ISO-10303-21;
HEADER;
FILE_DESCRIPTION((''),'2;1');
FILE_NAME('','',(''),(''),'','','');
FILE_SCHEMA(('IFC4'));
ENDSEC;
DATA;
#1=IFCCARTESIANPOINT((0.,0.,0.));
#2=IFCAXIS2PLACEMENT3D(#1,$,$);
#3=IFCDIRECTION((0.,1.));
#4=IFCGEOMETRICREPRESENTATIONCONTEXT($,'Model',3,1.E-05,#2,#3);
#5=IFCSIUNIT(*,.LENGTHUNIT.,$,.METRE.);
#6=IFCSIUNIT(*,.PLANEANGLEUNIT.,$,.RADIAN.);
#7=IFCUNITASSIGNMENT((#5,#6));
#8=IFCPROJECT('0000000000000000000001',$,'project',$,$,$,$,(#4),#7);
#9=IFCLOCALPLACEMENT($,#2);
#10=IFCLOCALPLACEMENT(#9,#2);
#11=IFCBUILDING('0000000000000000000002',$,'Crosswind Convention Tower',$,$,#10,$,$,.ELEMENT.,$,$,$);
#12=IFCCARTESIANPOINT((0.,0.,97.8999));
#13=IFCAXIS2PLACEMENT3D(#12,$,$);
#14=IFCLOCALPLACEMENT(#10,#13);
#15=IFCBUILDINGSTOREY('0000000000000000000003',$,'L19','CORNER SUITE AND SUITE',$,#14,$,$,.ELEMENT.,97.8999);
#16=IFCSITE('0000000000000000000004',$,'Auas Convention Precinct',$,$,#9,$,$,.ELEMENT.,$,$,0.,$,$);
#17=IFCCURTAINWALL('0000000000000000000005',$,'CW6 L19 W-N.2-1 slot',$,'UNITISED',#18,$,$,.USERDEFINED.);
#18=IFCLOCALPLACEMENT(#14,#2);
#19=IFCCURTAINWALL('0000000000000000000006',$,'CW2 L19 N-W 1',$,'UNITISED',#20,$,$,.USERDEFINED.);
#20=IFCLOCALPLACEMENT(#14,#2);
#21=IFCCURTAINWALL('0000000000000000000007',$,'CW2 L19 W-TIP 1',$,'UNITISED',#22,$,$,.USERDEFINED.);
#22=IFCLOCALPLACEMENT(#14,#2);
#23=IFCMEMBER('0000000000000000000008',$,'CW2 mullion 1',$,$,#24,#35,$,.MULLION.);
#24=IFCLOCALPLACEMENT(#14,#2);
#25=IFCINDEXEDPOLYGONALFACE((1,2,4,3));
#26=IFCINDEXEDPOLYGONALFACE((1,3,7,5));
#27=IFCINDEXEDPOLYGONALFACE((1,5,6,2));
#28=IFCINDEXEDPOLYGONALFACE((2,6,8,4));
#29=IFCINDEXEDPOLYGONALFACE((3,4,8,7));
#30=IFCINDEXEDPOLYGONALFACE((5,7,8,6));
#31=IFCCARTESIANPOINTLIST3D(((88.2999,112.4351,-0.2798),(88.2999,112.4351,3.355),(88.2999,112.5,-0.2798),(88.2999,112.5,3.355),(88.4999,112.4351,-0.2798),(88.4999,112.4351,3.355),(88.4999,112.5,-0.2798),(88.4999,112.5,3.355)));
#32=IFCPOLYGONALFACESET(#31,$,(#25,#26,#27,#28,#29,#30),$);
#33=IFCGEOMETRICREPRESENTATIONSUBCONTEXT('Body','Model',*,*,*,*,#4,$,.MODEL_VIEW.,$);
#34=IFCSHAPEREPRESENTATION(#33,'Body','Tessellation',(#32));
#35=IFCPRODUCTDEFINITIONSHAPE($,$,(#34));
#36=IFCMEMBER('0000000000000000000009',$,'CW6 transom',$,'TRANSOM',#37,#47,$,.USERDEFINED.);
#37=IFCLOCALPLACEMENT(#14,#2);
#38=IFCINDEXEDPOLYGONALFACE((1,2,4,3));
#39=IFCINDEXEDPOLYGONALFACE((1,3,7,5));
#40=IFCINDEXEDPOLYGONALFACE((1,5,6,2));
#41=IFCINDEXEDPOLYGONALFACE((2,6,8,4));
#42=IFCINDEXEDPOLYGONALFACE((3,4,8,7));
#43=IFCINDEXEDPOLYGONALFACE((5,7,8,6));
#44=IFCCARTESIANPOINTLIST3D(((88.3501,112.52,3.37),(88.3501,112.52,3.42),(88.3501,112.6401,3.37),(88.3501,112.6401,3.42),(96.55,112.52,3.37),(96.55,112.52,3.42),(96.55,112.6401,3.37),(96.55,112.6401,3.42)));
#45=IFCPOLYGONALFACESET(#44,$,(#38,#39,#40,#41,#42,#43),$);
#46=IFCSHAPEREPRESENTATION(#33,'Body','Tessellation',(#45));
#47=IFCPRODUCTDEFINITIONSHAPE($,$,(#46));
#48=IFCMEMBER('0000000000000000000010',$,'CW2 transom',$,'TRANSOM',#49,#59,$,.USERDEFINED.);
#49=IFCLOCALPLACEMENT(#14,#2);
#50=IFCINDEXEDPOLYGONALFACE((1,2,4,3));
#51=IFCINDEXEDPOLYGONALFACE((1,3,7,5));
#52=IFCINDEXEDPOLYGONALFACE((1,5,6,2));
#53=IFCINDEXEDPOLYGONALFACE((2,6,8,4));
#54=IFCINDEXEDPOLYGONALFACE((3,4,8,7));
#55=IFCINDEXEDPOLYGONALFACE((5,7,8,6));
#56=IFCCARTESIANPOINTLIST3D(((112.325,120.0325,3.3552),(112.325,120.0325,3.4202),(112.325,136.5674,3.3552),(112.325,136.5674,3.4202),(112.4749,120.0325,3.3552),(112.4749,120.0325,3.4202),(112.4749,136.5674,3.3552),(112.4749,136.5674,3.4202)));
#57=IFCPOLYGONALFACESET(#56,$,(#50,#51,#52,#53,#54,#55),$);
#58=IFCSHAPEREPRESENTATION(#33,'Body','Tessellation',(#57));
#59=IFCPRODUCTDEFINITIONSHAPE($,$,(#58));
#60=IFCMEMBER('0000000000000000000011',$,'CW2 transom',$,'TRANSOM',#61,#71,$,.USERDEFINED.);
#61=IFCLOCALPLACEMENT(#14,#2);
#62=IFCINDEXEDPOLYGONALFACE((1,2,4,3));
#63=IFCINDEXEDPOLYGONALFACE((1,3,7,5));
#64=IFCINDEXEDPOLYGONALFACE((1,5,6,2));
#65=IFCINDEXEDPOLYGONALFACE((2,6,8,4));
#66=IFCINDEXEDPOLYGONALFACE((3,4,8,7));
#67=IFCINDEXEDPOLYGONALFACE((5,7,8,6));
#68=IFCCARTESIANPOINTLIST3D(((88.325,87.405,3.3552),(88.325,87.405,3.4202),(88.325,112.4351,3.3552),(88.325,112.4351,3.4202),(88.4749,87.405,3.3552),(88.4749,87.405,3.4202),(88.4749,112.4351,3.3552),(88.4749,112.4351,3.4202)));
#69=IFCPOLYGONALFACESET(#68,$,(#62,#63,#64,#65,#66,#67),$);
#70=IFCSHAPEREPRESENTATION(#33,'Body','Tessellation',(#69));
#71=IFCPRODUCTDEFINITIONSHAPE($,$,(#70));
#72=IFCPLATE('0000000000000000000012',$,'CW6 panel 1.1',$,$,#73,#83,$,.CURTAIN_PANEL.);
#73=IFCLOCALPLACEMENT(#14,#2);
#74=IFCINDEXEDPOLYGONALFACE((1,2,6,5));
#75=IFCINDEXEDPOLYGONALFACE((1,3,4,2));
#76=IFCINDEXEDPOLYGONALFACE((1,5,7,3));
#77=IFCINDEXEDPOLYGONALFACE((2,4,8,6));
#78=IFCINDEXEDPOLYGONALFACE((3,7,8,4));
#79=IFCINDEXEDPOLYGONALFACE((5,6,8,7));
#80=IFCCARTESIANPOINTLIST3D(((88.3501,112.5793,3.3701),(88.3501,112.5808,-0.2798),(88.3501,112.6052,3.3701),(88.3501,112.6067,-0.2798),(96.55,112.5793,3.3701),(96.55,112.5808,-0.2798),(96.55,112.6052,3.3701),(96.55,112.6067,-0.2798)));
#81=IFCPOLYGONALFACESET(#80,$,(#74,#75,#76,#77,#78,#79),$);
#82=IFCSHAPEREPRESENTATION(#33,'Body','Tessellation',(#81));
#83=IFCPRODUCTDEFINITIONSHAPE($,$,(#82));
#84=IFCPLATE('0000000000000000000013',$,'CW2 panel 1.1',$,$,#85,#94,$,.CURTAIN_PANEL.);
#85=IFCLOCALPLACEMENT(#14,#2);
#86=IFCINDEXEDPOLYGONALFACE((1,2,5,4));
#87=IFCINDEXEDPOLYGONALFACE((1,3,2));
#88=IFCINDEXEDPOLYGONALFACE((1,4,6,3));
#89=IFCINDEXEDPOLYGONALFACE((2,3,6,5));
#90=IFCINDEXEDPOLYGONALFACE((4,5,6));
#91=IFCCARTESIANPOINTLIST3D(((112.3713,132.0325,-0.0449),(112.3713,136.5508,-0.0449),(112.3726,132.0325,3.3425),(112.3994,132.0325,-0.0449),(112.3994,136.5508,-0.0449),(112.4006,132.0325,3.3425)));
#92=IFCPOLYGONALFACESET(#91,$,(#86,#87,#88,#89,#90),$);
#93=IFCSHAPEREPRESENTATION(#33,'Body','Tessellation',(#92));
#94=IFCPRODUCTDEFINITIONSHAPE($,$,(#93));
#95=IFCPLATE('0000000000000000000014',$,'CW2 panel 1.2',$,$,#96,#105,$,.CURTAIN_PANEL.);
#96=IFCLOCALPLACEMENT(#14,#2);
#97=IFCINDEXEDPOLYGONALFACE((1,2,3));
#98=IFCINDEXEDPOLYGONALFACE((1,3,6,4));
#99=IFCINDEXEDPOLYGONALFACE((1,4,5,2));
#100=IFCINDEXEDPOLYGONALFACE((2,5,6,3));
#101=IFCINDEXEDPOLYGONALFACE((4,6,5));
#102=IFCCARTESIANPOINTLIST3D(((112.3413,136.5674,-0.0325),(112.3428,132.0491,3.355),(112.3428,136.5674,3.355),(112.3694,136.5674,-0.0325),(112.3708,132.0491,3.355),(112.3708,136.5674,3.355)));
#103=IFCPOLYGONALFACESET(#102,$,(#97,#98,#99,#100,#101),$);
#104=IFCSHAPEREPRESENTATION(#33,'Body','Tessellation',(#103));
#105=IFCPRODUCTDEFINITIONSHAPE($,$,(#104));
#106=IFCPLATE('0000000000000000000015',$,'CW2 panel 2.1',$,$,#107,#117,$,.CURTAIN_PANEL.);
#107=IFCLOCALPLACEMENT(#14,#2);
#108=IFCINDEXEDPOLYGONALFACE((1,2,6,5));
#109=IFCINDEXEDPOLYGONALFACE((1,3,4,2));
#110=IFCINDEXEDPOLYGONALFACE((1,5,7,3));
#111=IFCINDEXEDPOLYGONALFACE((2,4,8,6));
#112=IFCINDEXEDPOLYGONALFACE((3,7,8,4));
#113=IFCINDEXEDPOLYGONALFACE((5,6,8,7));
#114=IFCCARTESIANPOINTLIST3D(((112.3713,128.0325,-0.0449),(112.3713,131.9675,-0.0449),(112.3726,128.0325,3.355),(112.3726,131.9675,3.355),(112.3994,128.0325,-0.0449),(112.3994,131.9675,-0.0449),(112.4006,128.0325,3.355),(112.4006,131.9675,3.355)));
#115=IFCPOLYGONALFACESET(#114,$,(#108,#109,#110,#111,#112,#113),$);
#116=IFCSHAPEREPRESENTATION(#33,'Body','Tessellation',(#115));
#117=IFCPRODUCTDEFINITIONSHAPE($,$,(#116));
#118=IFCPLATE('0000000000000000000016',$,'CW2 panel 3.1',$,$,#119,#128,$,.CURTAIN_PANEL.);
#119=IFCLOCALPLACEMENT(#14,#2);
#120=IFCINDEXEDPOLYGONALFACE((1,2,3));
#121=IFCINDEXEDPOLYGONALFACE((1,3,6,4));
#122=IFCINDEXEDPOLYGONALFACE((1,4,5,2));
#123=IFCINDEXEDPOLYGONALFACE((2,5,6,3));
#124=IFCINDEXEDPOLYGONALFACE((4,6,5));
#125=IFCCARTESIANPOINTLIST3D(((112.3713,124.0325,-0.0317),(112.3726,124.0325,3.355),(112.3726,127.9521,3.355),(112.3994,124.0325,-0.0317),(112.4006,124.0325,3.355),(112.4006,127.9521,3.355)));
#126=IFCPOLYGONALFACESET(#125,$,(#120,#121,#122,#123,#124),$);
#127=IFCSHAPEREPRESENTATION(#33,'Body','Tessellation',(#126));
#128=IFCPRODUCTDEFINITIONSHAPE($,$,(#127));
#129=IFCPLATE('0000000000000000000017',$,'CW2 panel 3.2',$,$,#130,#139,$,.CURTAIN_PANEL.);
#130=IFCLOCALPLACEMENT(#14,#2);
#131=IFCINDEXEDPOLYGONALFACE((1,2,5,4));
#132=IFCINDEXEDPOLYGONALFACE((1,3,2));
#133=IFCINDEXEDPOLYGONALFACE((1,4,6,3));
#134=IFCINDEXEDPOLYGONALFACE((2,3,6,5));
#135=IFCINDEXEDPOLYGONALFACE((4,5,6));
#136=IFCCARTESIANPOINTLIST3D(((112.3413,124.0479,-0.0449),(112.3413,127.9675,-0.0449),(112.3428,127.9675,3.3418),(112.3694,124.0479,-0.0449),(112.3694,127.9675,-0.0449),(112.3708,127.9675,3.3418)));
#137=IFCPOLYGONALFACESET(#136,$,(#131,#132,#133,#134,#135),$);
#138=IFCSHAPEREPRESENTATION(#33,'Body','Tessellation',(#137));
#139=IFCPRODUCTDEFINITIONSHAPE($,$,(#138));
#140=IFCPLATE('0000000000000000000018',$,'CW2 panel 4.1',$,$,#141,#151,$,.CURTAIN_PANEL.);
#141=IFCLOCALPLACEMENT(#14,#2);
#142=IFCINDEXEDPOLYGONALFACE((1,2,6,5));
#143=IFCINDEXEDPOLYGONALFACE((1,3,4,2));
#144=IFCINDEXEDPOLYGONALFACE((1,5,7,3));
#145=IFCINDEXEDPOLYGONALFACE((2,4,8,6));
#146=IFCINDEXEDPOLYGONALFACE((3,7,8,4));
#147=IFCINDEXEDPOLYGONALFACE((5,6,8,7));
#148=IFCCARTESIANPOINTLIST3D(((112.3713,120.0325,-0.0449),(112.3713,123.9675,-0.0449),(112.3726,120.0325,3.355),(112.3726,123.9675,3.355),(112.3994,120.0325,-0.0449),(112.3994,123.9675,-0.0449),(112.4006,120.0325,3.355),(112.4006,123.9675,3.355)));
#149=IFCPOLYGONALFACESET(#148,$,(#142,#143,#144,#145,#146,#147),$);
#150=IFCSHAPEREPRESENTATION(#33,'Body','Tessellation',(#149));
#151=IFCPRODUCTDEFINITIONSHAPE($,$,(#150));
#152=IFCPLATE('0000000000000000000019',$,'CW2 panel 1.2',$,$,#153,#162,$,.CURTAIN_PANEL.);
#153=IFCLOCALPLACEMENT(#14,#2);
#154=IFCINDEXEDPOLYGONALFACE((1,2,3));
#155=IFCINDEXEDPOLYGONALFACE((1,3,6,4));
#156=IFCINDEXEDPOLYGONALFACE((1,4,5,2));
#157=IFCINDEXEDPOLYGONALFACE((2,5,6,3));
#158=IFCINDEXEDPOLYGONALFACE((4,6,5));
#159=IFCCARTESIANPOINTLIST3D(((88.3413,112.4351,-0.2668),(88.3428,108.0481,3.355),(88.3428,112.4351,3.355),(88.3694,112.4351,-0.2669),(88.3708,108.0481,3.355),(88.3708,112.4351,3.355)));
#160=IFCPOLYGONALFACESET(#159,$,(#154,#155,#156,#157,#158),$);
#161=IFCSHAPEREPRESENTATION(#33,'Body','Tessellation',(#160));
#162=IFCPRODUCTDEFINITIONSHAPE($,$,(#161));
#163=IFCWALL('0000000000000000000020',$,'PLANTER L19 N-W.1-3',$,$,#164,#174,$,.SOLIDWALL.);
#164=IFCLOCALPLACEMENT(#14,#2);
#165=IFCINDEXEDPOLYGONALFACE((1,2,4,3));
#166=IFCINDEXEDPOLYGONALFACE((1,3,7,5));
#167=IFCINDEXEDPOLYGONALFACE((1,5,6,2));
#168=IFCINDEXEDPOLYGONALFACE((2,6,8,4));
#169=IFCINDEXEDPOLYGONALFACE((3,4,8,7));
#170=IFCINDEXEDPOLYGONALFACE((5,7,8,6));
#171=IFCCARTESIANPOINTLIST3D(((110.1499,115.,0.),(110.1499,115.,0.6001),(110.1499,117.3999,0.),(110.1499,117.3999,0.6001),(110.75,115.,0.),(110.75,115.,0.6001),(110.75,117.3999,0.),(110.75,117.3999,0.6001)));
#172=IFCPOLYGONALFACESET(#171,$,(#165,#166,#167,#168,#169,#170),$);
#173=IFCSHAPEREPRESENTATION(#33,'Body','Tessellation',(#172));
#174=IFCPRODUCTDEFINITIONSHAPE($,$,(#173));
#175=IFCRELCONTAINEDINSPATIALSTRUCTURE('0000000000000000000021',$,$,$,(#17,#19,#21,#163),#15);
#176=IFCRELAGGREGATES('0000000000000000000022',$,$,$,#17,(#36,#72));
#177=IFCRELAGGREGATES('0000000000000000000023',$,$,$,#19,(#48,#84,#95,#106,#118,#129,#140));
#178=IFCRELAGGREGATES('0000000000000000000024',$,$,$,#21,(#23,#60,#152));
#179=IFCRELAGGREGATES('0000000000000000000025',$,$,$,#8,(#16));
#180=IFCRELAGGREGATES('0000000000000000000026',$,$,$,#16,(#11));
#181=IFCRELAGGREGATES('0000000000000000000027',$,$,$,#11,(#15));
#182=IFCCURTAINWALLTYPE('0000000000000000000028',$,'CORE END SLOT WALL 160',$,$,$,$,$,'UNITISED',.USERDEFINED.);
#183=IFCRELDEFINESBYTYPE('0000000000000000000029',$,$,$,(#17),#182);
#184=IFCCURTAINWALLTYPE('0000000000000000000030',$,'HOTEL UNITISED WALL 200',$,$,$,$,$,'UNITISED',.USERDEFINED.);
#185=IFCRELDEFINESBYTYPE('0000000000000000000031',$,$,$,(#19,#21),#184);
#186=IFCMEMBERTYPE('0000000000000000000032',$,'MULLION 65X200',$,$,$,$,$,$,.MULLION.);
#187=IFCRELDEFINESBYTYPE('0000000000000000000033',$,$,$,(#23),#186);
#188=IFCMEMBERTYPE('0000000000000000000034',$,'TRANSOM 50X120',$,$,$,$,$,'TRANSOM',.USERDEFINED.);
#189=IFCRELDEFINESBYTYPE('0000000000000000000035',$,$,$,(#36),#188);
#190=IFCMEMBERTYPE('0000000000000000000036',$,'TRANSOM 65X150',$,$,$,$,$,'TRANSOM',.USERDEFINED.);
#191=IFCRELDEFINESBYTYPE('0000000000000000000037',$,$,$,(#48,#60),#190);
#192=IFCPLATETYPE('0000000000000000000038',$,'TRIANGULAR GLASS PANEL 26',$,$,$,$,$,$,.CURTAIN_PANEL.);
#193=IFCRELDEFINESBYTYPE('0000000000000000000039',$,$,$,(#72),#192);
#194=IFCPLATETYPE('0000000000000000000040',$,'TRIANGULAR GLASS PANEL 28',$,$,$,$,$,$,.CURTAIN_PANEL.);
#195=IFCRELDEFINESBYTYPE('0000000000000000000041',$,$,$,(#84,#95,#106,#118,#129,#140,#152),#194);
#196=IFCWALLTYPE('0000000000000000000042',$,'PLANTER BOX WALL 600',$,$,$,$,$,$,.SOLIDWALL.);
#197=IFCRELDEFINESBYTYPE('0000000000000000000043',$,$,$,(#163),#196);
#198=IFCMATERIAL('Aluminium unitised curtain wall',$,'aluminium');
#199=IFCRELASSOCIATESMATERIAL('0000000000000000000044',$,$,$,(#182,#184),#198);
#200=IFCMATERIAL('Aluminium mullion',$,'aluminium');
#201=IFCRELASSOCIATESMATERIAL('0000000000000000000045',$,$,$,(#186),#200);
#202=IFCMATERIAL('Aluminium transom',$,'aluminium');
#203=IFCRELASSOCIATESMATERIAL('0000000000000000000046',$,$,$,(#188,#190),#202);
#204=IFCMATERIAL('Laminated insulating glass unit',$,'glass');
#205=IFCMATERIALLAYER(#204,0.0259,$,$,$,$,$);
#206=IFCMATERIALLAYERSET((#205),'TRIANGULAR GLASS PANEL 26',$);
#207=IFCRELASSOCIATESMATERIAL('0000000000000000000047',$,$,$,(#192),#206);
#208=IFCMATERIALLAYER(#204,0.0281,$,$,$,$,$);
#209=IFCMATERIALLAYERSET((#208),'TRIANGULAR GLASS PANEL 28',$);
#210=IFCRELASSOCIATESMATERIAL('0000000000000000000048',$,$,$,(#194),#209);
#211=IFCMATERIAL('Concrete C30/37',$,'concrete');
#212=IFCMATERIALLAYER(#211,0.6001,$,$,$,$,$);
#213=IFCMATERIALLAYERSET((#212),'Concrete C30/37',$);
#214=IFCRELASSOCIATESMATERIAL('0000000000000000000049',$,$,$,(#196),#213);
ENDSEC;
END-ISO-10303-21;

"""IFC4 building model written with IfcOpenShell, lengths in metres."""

from ifc_helpers import new_model, si_unit, direction, frame, frame_2d, origin, origin_2d, place, context, subcontext, project, spatial, polyline, rectangle, outline, extrude, material, layer, layer_set, material_profile, profile_set, type_object, element, aggregate, save


model = new_model("IFC4")

# Units and contexts
model_context = context("Model", 3, precision=1e-05, world=origin(), true_north=direction((0.0, 1.0)))
body_context = subcontext(model_context, "Body", "Model", "MODEL_VIEW")
ifc_project = project(units=[si_unit("LENGTHUNIT", "METRE"), si_unit("PLANEANGLEUNIT", "RADIAN")], contexts=[model_context])

# Site, building, storey
site_placement = place(None, origin())
site = spatial("IfcSite", under=ifc_project, at=site_placement, Name="Auas Convention Precinct", CompositionType="ELEMENT", RefElevation=0.0)
building_placement = place(site_placement, origin())
building = spatial("IfcBuilding", under=site, at=building_placement, Name="Crosswind Convention Tower", CompositionType="ELEMENT")
storey_placement = place(building_placement, frame((0.0, 0.0, 97.8999)))
storey = spatial("IfcBuildingStorey", under=building, at=storey_placement, Name="L19", Description="CORNER SUITE AND SUITE", CompositionType="ELEMENT", Elevation=97.8999)

# Curtain wall
ifc_material_1 = material(Name="Aluminium unitised curtain wall", Category="aluminium")
curtain_wall_type_1 = type_object("IfcCurtainWallType", Name="CORE END SLOT WALL 160", ElementType="UNITISED", PredefinedType="USERDEFINED", material=ifc_material_1)
curtain_wall_1_placement = place(storey_placement, origin())
curtain_wall_1 = element("IfcCurtainWall", 1, at=curtain_wall_1_placement, inside=storey, type_object=curtain_wall_type_1, Name="CW6 L19 W-N.2-1 slot", ObjectType="UNITISED", PredefinedType="USERDEFINED")
ifc_material_2 = material(Name="Aluminium mullion", Category="aluminium")

# Shared definitions
curtain_wall_type_2 = type_object("IfcCurtainWallType", Name="HOTEL UNITISED WALL 200", ElementType="UNITISED", PredefinedType="USERDEFINED", material=ifc_material_1)
ifc_material_profile_1 = material_profile(ifc_material_2, rectangle(XDim=0.2, YDim=0.0649, at=origin_2d()), Name="AL 200X65")
ifc_profile_set_1 = profile_set([ifc_material_profile_1], Name="Aluminium mullion")
member_type_1 = type_object("IfcMemberType", Name="MULLION 65X200", PredefinedType="MULLION", material=ifc_profile_set_1)

# Curtain wall
curtain_wall_2_placement = place(storey_placement, origin())
curtain_wall_2 = element("IfcCurtainWall", 2, at=curtain_wall_2_placement, inside=storey, type_object=curtain_wall_type_2, Name="CW2 L19 N-W 1", ObjectType="UNITISED", PredefinedType="USERDEFINED")

# Curtain wall, member
curtain_wall_3_placement = place(storey_placement, origin())
curtain_wall_3 = element("IfcCurtainWall", 3, at=curtain_wall_3_placement, inside=storey, type_object=curtain_wall_type_2, Name="CW2 L19 W-TIP 1", ObjectType="UNITISED", PredefinedType="USERDEFINED")
member_1_placement = place(storey_placement, frame((88.3999, 112.4675, -0.2798), z_axis=(0.0, 0.0, 1.0), x_axis=(-1.0, 0.0, 0.0)))
member_1 = element("IfcMember", 4, at=member_1_placement, type_object=member_type_1, Name="CW2 mullion 1", PredefinedType="MULLION", context=body_context, shape_type="SweptSolid", body=[
    extrude(rectangle(XDim=0.2, YDim=0.0649, at=origin_2d()), origin(), (0.0, 0.0, 1.0), 3.6348),
])

# Members
ifc_material_3 = material(Name="Aluminium transom", Category="aluminium")
ifc_material_profile_2 = material_profile(ifc_material_3, rectangle(XDim=0.1201, YDim=0.05, at=origin_2d()), Name="AL 120X50")
ifc_profile_set_2 = profile_set([ifc_material_profile_2], Name="Aluminium transom")
member_type_2 = type_object("IfcMemberType", Name="TRANSOM 50X120", ElementType="TRANSOM", PredefinedType="USERDEFINED", material=ifc_profile_set_2)
member_2_placement = place(storey_placement, frame((96.55, 112.5801, 3.395), z_axis=(-1.0, 0.0, 0.0), x_axis=(0.0, -1.0, 0.0)))
member_2 = element("IfcMember", 5, at=member_2_placement, type_object=member_type_2, Name="CW6 transom", ObjectType="TRANSOM", PredefinedType="USERDEFINED", context=body_context, shape_type="SweptSolid", body=[
    extrude(rectangle(XDim=0.1201, YDim=0.05, at=origin_2d()), origin(), (0.0, 0.0, 1.0), 8.2),
])
ifc_material_profile_3 = material_profile(ifc_material_3, rectangle(XDim=0.1499, YDim=0.0649, at=origin_2d()), Name="AL 150X65")
ifc_profile_set_3 = profile_set([ifc_material_profile_3], Name="Aluminium transom")
member_type_3 = type_object("IfcMemberType", Name="TRANSOM 65X150", ElementType="TRANSOM", PredefinedType="USERDEFINED", material=ifc_profile_set_3)
member_3_placement = place(storey_placement, frame((112.3999, 136.5674, 3.3877), z_axis=(0.0, -1.0, 0.0), x_axis=(1.0, 0.0, 0.0)))
member_3 = element("IfcMember", 6, at=member_3_placement, type_object=member_type_3, Name="CW2 transom", ObjectType="TRANSOM", PredefinedType="USERDEFINED", context=body_context, shape_type="SweptSolid", body=[
    extrude(rectangle(XDim=0.1499, YDim=0.0649, at=origin_2d()), origin(), (0.0, 0.0, 1.0), 16.5349),
])
member_4_placement = place(storey_placement, frame((88.3999, 112.4351, 3.3877), z_axis=(0.0, -1.0, 0.0), x_axis=(1.0, 0.0, 0.0)))
member_4 = element("IfcMember", 7, at=member_4_placement, type_object=member_type_3, Name="CW2 transom", ObjectType="TRANSOM", PredefinedType="USERDEFINED", context=body_context, shape_type="SweptSolid", body=[
    extrude(rectangle(XDim=0.1499, YDim=0.0649, at=origin_2d()), origin(), (0.0, 0.0, 1.0), 25.03),
])

# Plates
ifc_material_4 = material(Name="Laminated insulating glass unit", Category="glass")
ifc_layer_1 = layer(ifc_material_4, 0.0259)
ifc_layer_set_1 = layer_set([ifc_layer_1], Name="TRIANGULAR GLASS PANEL 26")
plate_type_1 = type_object("IfcPlateType", Name="TRIANGULAR GLASS PANEL 26", PredefinedType="CURTAIN_PANEL", material=ifc_layer_set_1)
plate_1_placement = place(storey_placement, frame((96.55, 112.6067, -0.2798), z_axis=(0.0, 1.0, 0.000401), x_axis=(-1.0, 0.0, 0.0)))
plate_1 = element("IfcPlate", 8, at=plate_1_placement, type_object=plate_type_1, Name="CW6 panel 1.1", PredefinedType="CURTAIN_PANEL", context=body_context, shape_type="SweptSolid", body=[
    extrude(outline(polyline([(0.0, 0.0), (8.2, 0.0), (8.2, 3.6499), (0.0, 3.6499), (0.0, 0.0)])), origin(), (0.0, 0.0, -1.0), 0.0259),
])
aggregate(curtain_wall_1, [member_2, plate_1])
ifc_layer_2 = layer(ifc_material_4, 0.0281)
ifc_layer_set_2 = layer_set([ifc_layer_2], Name="TRIANGULAR GLASS PANEL 28")
plate_type_2 = type_object("IfcPlateType", Name="TRIANGULAR GLASS PANEL 28", PredefinedType="CURTAIN_PANEL", material=ifc_layer_set_2)
plate_2_placement = place(storey_placement, frame((112.3713, 132.0325, -0.0449), z_axis=(-1.0, 0.0, 0.00036), x_axis=(0.00036, 0.0, 1.0)))
plate_2 = element("IfcPlate", 9, at=plate_2_placement, type_object=plate_type_2, Name="CW2 panel 1.1", PredefinedType="CURTAIN_PANEL", context=body_context, shape_type="SweptSolid", body=[
    extrude(outline(polyline([(0.0, 0.0), (3.3875, 0.0), (0.0, 4.5183), (0.0, 0.0)])), origin(), (0.0, 0.0, -1.0), 0.0281),
])
plate_3_placement = place(storey_placement, frame((112.3428, 136.5674, 3.355), z_axis=(-1.0, 0.0, 0.000432), x_axis=(-0.000432, 0.0, -1.0)))
plate_3 = element("IfcPlate", 10, at=plate_3_placement, type_object=plate_type_2, Name="CW2 panel 1.2", PredefinedType="CURTAIN_PANEL", context=body_context, shape_type="SweptSolid", body=[
    extrude(outline(polyline([(0.0, 0.0), (3.3875, 0.0), (0.0, 4.5183), (0.0, 0.0)])), origin(), (0.0, 0.0, -1.0), 0.0281),
])
plate_4_placement = place(storey_placement, frame((112.3713, 131.9675, -0.0449), z_axis=(-1.0, 0.0, 0.000359), x_axis=(0.0, -1.0, 0.0)))
plate_4 = element("IfcPlate", 11, at=plate_4_placement, type_object=plate_type_2, Name="CW2 panel 2.1", PredefinedType="CURTAIN_PANEL", context=body_context, shape_type="SweptSolid", body=[
    extrude(outline(polyline([(0.0, 0.0), (3.9351, 0.0), (3.9351, 3.3999), (0.0, 3.3999), (0.0, 0.0)])), origin(), (0.0, 0.0, -1.0), 0.0281),
])
plate_5_placement = place(storey_placement, frame((112.3726, 124.0325, 3.355), z_axis=(-1.0, 0.0, 0.00036), x_axis=(0.0, 1.0, 0.0)))
plate_5 = element("IfcPlate", 12, at=plate_5_placement, type_object=plate_type_2, Name="CW2 panel 3.1", PredefinedType="CURTAIN_PANEL", context=body_context, shape_type="SweptSolid", body=[
    extrude(outline(polyline([(0.0, 0.0), (3.9197, 0.0), (0.0, 3.3867), (0.0, 0.0)])), origin(), (0.0, 0.0, -1.0), 0.0281),
])
plate_6_placement = place(storey_placement, frame((112.3413, 127.9675, -0.0449), z_axis=(-1.0, 0.0, 0.000433), x_axis=(0.0, -1.0, 0.0)))
plate_6 = element("IfcPlate", 13, at=plate_6_placement, type_object=plate_type_2, Name="CW2 panel 3.2", PredefinedType="CURTAIN_PANEL", context=body_context, shape_type="SweptSolid", body=[
    extrude(outline(polyline([(0.0, 0.0), (3.9197, 0.0), (0.0, 3.3867), (0.0, 0.0)])), origin(), (0.0, 0.0, -1.0), 0.0281),
])
plate_7_placement = place(storey_placement, frame((112.3713, 123.9675, -0.0449), z_axis=(-1.0, 0.0, 0.000359), x_axis=(0.0, -1.0, 0.0)))
plate_7 = element("IfcPlate", 14, at=plate_7_placement, type_object=plate_type_2, Name="CW2 panel 4.1", PredefinedType="CURTAIN_PANEL", context=body_context, shape_type="SweptSolid", body=[
    extrude(outline(polyline([(0.0, 0.0), (3.9351, 0.0), (3.9351, 3.3999), (0.0, 3.3999), (0.0, 0.0)])), origin(), (0.0, 0.0, -1.0), 0.0281),
])
plate_8_placement = place(storey_placement, frame((88.3428, 112.4351, 3.355), z_axis=(-1.0, 0.0, 0.000404), x_axis=(-0.000404, 0.0, -1.0)))
plate_8 = element("IfcPlate", 15, at=plate_8_placement, type_object=plate_type_2, Name="CW2 panel 1.2", PredefinedType="CURTAIN_PANEL", context=body_context, shape_type="SweptSolid", body=[
    extrude(outline(polyline([(0.0, 0.0), (3.6218, 0.0), (0.0, 4.387), (0.0, 0.0)])), origin(), (0.0, 0.0, -1.0), 0.0281),
])

# Wall
ifc_material_5 = material(Name="Concrete C30/37", Category="concrete")
ifc_layer_3 = layer(ifc_material_5, 0.6001)
ifc_layer_set_3 = layer_set([ifc_layer_3], Name="Concrete C30/37")
wall_type_1 = type_object("IfcWallType", Name="PLANTER BOX WALL 600", PredefinedType="SOLIDWALL", material=ifc_layer_set_3)
wall_1_placement = place(storey_placement, frame((110.45, 117.3999, 0.0), z_axis=(0.0, 0.0, 1.0), x_axis=(0.0, -1.0, 0.0)))
element("IfcWall", 16, at=wall_1_placement, inside=storey, type_object=wall_type_1, Name="PLANTER L19 N-W.1-3", PredefinedType="SOLIDWALL", context=body_context, shape_type="SweptSolid", body=[
    extrude(rectangle(XDim=2.3999, YDim=0.6001, at=frame_2d((1.2, 0.0))), origin(), (0.0, 0.0, 1.0), 0.6001),
])

aggregate(curtain_wall_2, [member_3, plate_2, plate_3, plate_4, plate_5, plate_6, plate_7])
aggregate(curtain_wall_3, [member_1, member_4, plate_8])

save(model, "model.ifc")
